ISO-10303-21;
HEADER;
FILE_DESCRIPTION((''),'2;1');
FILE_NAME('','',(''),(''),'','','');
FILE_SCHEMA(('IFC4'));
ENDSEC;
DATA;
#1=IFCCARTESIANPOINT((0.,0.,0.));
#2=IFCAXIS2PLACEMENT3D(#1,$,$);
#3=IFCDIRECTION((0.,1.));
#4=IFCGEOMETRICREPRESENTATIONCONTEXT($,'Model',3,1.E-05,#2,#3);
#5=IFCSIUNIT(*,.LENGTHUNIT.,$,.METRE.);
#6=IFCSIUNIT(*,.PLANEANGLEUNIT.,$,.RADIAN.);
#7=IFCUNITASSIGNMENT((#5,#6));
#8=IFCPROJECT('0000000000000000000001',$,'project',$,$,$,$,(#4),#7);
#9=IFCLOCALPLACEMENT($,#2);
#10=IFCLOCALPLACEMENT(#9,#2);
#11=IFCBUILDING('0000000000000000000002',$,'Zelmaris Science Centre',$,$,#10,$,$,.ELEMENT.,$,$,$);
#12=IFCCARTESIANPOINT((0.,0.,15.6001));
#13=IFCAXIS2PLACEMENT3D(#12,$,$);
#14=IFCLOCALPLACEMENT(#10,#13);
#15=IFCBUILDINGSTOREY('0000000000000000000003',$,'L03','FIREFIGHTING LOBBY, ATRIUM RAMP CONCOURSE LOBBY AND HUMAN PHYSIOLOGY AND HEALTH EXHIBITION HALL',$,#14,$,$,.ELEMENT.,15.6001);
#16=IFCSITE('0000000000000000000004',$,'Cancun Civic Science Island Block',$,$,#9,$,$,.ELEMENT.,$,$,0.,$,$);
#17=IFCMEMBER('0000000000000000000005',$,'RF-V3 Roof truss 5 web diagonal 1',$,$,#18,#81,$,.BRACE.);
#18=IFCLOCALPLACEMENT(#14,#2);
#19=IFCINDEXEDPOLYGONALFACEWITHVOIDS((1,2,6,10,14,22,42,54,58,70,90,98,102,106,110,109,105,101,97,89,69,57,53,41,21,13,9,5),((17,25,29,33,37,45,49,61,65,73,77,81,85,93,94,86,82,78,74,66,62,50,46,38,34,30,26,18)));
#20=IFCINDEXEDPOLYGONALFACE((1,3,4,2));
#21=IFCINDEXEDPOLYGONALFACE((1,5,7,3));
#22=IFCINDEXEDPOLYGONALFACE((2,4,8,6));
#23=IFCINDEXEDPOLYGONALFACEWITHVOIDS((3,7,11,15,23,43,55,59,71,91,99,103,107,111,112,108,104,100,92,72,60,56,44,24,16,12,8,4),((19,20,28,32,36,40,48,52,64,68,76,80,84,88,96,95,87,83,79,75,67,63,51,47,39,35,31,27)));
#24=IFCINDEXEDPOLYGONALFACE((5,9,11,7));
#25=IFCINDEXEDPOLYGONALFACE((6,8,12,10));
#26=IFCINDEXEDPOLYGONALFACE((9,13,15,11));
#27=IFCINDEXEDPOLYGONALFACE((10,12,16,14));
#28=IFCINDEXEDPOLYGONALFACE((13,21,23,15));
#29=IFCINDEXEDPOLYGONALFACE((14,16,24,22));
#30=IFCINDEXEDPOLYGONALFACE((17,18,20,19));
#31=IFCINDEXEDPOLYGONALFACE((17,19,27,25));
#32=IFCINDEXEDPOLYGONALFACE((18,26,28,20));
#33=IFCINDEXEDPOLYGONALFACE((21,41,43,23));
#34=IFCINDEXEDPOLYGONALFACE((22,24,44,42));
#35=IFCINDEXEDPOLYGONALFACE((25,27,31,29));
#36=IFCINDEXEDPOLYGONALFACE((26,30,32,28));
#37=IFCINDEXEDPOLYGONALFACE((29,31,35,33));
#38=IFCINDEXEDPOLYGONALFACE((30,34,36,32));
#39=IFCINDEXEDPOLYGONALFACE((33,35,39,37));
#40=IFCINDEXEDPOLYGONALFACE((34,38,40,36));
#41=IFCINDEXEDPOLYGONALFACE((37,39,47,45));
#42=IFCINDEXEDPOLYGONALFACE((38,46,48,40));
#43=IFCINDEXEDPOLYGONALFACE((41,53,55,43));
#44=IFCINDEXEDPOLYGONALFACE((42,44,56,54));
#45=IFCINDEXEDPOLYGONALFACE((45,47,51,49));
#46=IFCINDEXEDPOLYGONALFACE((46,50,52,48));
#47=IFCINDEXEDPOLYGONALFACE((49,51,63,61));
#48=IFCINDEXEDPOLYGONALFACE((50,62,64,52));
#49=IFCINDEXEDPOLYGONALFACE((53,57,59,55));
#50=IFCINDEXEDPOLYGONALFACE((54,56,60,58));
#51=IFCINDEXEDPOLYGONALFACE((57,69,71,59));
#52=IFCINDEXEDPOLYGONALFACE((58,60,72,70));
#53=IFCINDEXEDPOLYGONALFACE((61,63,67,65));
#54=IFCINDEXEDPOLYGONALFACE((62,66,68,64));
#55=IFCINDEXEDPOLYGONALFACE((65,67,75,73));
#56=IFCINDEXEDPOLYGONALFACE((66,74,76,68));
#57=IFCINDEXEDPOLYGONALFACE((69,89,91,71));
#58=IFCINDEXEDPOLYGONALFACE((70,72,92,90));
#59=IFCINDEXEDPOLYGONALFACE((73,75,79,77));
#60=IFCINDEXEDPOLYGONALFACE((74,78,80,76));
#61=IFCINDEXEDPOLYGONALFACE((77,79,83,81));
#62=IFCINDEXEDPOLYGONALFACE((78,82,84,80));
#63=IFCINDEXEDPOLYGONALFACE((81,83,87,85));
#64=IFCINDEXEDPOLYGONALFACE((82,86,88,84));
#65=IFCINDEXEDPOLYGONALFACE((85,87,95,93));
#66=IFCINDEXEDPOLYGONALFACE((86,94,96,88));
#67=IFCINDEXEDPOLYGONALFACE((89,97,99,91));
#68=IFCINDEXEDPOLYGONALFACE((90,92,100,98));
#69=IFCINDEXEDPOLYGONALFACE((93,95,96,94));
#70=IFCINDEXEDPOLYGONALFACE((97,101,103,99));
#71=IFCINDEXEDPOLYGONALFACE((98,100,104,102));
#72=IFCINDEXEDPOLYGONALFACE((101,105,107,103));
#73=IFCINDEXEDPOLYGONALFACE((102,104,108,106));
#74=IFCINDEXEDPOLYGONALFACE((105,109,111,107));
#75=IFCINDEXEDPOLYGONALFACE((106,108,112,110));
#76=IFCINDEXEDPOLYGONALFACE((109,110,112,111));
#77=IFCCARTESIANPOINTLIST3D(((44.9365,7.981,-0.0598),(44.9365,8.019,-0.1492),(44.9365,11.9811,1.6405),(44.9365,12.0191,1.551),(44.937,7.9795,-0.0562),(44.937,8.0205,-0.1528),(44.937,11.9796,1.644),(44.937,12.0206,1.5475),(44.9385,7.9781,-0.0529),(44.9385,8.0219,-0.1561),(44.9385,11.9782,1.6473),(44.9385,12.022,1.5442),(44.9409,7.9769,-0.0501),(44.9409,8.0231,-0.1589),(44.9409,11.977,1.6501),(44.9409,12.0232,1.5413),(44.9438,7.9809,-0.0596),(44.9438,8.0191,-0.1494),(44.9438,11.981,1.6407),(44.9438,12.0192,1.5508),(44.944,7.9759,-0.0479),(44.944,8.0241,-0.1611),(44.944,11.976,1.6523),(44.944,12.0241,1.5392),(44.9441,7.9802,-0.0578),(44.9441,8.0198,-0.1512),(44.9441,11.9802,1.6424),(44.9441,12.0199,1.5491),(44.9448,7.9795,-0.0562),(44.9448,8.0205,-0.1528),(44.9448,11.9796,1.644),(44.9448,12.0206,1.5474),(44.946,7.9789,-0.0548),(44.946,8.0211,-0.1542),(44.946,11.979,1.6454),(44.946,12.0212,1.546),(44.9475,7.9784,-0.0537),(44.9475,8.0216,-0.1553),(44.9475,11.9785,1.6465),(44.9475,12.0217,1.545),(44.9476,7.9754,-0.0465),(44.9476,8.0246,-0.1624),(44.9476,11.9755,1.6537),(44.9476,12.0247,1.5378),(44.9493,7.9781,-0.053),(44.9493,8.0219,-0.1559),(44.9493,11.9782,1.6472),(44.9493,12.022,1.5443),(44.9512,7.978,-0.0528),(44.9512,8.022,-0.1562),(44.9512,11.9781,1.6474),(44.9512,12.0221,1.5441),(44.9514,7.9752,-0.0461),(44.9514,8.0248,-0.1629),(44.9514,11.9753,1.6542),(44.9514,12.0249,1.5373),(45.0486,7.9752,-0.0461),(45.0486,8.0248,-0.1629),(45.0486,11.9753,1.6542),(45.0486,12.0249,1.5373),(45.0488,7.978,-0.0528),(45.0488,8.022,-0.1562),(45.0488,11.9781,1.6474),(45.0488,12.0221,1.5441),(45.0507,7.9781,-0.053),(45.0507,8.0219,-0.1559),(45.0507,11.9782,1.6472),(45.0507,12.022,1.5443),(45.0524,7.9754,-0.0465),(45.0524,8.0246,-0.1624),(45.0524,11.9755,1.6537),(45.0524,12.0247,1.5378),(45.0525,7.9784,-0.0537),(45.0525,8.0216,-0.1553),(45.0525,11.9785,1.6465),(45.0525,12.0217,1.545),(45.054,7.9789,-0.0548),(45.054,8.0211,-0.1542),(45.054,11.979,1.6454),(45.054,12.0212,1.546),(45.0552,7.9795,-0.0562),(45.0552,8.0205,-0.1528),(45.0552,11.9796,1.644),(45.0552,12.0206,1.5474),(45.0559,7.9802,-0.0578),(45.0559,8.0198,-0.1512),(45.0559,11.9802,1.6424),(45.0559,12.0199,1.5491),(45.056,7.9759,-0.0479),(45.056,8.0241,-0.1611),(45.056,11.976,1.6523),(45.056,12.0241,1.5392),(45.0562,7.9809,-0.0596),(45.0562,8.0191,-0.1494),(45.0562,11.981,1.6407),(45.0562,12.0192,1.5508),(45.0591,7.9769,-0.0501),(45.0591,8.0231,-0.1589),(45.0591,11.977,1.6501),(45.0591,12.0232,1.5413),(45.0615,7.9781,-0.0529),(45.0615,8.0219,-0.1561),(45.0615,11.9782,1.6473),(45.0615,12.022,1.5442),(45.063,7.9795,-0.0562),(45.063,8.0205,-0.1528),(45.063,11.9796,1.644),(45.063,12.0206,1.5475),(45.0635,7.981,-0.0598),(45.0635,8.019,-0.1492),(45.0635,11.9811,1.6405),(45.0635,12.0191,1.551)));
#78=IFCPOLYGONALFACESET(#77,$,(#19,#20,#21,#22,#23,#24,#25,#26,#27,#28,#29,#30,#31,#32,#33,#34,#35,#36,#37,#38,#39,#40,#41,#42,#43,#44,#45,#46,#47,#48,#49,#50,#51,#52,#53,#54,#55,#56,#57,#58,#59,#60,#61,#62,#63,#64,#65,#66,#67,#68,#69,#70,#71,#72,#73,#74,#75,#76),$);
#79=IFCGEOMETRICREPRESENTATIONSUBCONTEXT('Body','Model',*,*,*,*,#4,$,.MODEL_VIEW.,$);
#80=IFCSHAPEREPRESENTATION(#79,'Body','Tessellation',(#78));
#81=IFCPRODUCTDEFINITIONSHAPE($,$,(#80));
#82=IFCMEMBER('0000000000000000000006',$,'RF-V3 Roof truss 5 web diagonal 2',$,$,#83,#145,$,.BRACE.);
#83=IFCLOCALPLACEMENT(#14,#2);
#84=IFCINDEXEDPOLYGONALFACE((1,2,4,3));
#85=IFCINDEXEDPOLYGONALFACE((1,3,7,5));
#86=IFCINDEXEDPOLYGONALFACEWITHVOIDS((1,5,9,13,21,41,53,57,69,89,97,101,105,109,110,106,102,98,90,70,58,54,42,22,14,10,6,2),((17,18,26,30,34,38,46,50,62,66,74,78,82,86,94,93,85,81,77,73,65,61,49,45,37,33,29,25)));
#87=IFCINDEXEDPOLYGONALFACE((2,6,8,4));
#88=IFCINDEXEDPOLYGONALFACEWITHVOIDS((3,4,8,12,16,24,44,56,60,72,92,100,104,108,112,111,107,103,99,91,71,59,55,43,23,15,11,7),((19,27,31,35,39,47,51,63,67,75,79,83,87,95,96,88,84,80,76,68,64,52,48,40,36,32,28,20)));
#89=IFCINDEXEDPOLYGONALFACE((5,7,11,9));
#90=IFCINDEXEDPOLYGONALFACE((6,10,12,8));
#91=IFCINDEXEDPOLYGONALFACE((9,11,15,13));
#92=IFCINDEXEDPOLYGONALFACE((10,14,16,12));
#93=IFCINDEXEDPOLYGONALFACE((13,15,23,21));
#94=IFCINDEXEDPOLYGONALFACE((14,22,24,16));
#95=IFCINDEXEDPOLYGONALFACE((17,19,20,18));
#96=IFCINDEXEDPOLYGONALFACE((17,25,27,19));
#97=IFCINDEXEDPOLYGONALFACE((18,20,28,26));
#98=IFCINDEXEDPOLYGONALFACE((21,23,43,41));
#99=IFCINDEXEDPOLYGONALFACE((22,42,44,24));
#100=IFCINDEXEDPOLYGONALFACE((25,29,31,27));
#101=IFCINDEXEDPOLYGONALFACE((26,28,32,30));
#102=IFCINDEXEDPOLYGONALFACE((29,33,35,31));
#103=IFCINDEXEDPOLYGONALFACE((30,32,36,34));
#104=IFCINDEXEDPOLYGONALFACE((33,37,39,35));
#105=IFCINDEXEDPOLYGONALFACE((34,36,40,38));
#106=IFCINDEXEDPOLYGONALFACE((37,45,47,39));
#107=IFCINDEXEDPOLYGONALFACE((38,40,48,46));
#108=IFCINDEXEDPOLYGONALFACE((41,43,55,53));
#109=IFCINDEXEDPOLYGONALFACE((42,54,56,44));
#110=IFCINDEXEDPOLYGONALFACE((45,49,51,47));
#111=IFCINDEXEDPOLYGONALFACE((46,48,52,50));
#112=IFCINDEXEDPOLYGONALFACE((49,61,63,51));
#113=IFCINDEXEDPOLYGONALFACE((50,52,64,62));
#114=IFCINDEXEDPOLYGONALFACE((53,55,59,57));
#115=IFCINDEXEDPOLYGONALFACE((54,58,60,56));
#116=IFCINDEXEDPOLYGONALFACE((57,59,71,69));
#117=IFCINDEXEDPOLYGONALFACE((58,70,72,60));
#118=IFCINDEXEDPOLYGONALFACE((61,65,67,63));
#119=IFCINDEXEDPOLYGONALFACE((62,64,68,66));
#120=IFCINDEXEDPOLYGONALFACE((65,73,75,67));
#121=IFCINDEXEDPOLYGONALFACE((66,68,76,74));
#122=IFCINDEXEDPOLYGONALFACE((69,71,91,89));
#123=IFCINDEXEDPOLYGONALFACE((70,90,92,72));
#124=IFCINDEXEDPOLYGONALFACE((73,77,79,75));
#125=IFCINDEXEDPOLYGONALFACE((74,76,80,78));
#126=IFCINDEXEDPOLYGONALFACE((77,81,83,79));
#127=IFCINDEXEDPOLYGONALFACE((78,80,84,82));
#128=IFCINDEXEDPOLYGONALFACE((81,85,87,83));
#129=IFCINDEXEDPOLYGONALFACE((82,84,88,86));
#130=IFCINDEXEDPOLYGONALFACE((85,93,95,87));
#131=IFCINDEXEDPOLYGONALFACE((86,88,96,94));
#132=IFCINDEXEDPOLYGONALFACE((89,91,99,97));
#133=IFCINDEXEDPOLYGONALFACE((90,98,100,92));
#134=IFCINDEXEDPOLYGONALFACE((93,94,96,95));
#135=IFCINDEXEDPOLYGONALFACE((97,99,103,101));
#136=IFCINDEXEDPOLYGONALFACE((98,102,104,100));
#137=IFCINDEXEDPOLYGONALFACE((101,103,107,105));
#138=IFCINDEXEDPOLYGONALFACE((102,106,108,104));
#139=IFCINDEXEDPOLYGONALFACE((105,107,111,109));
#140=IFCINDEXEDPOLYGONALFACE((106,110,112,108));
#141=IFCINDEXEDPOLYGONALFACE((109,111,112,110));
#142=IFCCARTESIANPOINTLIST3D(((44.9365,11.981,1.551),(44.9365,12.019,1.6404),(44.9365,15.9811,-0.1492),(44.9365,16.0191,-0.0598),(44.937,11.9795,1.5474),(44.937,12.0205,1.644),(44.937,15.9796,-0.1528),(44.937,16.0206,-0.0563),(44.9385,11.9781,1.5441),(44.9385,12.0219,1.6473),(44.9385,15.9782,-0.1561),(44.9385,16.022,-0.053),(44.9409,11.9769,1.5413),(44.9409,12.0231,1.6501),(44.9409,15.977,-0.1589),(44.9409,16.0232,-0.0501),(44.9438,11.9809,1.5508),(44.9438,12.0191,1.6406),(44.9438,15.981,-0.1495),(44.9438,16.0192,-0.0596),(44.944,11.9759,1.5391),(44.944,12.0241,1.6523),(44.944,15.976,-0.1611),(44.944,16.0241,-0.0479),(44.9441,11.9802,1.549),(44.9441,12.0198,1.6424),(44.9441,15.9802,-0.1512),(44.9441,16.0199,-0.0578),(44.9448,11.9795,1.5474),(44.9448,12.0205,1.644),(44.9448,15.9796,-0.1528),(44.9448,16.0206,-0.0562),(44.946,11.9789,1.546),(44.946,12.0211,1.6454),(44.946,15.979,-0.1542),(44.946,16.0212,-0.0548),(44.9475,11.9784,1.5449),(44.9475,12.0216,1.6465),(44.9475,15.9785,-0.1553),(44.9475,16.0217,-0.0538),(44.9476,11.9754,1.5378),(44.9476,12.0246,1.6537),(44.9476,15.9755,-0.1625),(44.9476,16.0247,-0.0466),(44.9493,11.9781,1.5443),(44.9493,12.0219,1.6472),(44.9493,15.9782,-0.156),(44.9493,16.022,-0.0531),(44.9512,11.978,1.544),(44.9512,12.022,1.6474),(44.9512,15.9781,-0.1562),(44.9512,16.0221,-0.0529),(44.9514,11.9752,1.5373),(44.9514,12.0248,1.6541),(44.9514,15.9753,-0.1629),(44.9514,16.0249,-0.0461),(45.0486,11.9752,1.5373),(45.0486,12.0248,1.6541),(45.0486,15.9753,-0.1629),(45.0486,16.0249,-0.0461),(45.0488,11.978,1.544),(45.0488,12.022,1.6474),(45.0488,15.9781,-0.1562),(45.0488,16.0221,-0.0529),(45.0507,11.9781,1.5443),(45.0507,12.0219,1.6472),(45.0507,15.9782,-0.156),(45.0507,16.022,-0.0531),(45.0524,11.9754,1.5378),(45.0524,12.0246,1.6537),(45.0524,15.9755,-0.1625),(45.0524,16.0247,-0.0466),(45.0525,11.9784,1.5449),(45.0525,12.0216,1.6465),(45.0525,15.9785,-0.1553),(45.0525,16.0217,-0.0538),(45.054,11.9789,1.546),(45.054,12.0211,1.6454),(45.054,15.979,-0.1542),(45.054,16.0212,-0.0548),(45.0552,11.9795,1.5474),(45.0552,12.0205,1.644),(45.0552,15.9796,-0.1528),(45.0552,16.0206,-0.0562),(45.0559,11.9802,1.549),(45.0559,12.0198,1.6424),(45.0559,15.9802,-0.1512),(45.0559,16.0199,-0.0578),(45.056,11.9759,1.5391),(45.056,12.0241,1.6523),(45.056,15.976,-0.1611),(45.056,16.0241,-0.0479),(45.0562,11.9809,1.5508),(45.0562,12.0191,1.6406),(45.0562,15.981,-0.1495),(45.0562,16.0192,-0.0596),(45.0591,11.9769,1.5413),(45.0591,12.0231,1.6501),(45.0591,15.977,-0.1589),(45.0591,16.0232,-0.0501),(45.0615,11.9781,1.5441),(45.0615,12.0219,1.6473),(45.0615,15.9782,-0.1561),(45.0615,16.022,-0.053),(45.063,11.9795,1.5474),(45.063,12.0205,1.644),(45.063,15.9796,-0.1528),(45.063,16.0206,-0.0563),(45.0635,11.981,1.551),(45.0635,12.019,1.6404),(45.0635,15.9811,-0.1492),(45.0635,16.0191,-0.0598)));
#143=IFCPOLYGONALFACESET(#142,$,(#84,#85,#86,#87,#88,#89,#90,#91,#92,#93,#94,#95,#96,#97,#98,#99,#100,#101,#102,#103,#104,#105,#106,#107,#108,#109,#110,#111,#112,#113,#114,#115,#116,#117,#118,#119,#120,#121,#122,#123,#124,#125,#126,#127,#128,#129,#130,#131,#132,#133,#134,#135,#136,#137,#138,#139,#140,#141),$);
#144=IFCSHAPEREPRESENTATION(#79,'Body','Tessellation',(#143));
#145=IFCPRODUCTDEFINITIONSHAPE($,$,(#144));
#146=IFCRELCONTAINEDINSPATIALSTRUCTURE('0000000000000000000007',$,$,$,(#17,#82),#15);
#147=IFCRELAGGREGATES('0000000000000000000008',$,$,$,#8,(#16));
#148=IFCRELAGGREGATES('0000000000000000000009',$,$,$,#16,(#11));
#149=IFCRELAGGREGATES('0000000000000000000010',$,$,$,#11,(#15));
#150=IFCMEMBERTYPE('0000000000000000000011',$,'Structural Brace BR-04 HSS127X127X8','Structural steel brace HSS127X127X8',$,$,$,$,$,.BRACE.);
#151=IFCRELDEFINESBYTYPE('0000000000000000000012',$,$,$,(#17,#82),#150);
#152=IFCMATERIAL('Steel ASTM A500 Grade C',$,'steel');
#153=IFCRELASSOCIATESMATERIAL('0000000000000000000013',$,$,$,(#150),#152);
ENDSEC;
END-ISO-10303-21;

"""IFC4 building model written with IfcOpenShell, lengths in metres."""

from ifc_helpers import new_model, si_unit, direction, frame, origin, origin_2d, place, context, subcontext, project, spatial, hollow_rectangle, extrude, material, material_profile, profile_set, type_object, element, save


model = new_model("IFC4")

# Units and contexts
model_context = context("Model", 3, precision=1e-05, world=origin(), true_north=direction((0.0, 1.0)))
body_context = subcontext(model_context, "Body", "Model", "MODEL_VIEW")
ifc_project = project(units=[si_unit("LENGTHUNIT", "METRE"), si_unit("PLANEANGLEUNIT", "RADIAN")], contexts=[model_context])

# Site, building, storey
site_placement = place(None, origin())
site = spatial("IfcSite", under=ifc_project, at=site_placement, Name="Cancun Civic Science Island Block", CompositionType="ELEMENT", RefElevation=0.0)
building_placement = place(site_placement, origin())
building = spatial("IfcBuilding", under=site, at=building_placement, Name="Zelmaris Science Centre", CompositionType="ELEMENT")
storey_placement = place(building_placement, frame((0.0, 0.0, 15.6001)))
storey = spatial("IfcBuildingStorey", under=building, at=storey_placement, Name="L03", Description="FIREFIGHTING LOBBY, ATRIUM RAMP CONCOURSE LOBBY AND HUMAN PHYSIOLOGY AND HEALTH EXHIBITION HALL", CompositionType="ELEMENT", Elevation=15.6001)

# Shared definitions
ifc_material = material(Name="Steel ASTM A500 Grade C", Category="steel")

# Members
ifc_material_profile_1 = material_profile(ifc_material, hollow_rectangle(XDim=0.127, YDim=0.127, WallThickness=0.0073, InnerFilletRadius=0.0073, OuterFilletRadius=0.0149, at=origin_2d()), Name="HSS127X127X8")
ifc_profile_set_1 = profile_set([ifc_material_profile_1], Name="Steel ASTM A500 Grade C")
member_type_1 = type_object("IfcMemberType", Name="Structural Brace BR-04 HSS127X127X8", Description="Structural steel brace HSS127X127X8", PredefinedType="BRACE", material=ifc_profile_set_1)
for number, where, z_axis, x_axis, name in (
    (1, (45.0, 8.0, -0.1045), (0.0, 0.920315, 0.391179), (-1.0, 0.0, 0.0), "RF-V3 Roof truss 5 web diagonal 1"),
    (2, (45.0, 12.0, 1.5957), (0.0, 0.920315, -0.391179), (-1.0, 0.0, 0.0), "RF-V3 Roof truss 5 web diagonal 2"),
):
    element("IfcMember", number, at=place(storey_placement, frame(where, z_axis=z_axis, x_axis=x_axis)), inside=storey, type_object=member_type_1, Name=name, PredefinedType="BRACE", context=body_context, shape_type="SweptSolid", body=[
        extrude(hollow_rectangle(XDim=0.127, YDim=0.127, WallThickness=0.0073, InnerFilletRadius=0.0073, OuterFilletRadius=0.0149, at=origin_2d()), origin(), (0.0, 0.0, 1.0), 4.3464),
    ])

save(model, "model.ifc")
